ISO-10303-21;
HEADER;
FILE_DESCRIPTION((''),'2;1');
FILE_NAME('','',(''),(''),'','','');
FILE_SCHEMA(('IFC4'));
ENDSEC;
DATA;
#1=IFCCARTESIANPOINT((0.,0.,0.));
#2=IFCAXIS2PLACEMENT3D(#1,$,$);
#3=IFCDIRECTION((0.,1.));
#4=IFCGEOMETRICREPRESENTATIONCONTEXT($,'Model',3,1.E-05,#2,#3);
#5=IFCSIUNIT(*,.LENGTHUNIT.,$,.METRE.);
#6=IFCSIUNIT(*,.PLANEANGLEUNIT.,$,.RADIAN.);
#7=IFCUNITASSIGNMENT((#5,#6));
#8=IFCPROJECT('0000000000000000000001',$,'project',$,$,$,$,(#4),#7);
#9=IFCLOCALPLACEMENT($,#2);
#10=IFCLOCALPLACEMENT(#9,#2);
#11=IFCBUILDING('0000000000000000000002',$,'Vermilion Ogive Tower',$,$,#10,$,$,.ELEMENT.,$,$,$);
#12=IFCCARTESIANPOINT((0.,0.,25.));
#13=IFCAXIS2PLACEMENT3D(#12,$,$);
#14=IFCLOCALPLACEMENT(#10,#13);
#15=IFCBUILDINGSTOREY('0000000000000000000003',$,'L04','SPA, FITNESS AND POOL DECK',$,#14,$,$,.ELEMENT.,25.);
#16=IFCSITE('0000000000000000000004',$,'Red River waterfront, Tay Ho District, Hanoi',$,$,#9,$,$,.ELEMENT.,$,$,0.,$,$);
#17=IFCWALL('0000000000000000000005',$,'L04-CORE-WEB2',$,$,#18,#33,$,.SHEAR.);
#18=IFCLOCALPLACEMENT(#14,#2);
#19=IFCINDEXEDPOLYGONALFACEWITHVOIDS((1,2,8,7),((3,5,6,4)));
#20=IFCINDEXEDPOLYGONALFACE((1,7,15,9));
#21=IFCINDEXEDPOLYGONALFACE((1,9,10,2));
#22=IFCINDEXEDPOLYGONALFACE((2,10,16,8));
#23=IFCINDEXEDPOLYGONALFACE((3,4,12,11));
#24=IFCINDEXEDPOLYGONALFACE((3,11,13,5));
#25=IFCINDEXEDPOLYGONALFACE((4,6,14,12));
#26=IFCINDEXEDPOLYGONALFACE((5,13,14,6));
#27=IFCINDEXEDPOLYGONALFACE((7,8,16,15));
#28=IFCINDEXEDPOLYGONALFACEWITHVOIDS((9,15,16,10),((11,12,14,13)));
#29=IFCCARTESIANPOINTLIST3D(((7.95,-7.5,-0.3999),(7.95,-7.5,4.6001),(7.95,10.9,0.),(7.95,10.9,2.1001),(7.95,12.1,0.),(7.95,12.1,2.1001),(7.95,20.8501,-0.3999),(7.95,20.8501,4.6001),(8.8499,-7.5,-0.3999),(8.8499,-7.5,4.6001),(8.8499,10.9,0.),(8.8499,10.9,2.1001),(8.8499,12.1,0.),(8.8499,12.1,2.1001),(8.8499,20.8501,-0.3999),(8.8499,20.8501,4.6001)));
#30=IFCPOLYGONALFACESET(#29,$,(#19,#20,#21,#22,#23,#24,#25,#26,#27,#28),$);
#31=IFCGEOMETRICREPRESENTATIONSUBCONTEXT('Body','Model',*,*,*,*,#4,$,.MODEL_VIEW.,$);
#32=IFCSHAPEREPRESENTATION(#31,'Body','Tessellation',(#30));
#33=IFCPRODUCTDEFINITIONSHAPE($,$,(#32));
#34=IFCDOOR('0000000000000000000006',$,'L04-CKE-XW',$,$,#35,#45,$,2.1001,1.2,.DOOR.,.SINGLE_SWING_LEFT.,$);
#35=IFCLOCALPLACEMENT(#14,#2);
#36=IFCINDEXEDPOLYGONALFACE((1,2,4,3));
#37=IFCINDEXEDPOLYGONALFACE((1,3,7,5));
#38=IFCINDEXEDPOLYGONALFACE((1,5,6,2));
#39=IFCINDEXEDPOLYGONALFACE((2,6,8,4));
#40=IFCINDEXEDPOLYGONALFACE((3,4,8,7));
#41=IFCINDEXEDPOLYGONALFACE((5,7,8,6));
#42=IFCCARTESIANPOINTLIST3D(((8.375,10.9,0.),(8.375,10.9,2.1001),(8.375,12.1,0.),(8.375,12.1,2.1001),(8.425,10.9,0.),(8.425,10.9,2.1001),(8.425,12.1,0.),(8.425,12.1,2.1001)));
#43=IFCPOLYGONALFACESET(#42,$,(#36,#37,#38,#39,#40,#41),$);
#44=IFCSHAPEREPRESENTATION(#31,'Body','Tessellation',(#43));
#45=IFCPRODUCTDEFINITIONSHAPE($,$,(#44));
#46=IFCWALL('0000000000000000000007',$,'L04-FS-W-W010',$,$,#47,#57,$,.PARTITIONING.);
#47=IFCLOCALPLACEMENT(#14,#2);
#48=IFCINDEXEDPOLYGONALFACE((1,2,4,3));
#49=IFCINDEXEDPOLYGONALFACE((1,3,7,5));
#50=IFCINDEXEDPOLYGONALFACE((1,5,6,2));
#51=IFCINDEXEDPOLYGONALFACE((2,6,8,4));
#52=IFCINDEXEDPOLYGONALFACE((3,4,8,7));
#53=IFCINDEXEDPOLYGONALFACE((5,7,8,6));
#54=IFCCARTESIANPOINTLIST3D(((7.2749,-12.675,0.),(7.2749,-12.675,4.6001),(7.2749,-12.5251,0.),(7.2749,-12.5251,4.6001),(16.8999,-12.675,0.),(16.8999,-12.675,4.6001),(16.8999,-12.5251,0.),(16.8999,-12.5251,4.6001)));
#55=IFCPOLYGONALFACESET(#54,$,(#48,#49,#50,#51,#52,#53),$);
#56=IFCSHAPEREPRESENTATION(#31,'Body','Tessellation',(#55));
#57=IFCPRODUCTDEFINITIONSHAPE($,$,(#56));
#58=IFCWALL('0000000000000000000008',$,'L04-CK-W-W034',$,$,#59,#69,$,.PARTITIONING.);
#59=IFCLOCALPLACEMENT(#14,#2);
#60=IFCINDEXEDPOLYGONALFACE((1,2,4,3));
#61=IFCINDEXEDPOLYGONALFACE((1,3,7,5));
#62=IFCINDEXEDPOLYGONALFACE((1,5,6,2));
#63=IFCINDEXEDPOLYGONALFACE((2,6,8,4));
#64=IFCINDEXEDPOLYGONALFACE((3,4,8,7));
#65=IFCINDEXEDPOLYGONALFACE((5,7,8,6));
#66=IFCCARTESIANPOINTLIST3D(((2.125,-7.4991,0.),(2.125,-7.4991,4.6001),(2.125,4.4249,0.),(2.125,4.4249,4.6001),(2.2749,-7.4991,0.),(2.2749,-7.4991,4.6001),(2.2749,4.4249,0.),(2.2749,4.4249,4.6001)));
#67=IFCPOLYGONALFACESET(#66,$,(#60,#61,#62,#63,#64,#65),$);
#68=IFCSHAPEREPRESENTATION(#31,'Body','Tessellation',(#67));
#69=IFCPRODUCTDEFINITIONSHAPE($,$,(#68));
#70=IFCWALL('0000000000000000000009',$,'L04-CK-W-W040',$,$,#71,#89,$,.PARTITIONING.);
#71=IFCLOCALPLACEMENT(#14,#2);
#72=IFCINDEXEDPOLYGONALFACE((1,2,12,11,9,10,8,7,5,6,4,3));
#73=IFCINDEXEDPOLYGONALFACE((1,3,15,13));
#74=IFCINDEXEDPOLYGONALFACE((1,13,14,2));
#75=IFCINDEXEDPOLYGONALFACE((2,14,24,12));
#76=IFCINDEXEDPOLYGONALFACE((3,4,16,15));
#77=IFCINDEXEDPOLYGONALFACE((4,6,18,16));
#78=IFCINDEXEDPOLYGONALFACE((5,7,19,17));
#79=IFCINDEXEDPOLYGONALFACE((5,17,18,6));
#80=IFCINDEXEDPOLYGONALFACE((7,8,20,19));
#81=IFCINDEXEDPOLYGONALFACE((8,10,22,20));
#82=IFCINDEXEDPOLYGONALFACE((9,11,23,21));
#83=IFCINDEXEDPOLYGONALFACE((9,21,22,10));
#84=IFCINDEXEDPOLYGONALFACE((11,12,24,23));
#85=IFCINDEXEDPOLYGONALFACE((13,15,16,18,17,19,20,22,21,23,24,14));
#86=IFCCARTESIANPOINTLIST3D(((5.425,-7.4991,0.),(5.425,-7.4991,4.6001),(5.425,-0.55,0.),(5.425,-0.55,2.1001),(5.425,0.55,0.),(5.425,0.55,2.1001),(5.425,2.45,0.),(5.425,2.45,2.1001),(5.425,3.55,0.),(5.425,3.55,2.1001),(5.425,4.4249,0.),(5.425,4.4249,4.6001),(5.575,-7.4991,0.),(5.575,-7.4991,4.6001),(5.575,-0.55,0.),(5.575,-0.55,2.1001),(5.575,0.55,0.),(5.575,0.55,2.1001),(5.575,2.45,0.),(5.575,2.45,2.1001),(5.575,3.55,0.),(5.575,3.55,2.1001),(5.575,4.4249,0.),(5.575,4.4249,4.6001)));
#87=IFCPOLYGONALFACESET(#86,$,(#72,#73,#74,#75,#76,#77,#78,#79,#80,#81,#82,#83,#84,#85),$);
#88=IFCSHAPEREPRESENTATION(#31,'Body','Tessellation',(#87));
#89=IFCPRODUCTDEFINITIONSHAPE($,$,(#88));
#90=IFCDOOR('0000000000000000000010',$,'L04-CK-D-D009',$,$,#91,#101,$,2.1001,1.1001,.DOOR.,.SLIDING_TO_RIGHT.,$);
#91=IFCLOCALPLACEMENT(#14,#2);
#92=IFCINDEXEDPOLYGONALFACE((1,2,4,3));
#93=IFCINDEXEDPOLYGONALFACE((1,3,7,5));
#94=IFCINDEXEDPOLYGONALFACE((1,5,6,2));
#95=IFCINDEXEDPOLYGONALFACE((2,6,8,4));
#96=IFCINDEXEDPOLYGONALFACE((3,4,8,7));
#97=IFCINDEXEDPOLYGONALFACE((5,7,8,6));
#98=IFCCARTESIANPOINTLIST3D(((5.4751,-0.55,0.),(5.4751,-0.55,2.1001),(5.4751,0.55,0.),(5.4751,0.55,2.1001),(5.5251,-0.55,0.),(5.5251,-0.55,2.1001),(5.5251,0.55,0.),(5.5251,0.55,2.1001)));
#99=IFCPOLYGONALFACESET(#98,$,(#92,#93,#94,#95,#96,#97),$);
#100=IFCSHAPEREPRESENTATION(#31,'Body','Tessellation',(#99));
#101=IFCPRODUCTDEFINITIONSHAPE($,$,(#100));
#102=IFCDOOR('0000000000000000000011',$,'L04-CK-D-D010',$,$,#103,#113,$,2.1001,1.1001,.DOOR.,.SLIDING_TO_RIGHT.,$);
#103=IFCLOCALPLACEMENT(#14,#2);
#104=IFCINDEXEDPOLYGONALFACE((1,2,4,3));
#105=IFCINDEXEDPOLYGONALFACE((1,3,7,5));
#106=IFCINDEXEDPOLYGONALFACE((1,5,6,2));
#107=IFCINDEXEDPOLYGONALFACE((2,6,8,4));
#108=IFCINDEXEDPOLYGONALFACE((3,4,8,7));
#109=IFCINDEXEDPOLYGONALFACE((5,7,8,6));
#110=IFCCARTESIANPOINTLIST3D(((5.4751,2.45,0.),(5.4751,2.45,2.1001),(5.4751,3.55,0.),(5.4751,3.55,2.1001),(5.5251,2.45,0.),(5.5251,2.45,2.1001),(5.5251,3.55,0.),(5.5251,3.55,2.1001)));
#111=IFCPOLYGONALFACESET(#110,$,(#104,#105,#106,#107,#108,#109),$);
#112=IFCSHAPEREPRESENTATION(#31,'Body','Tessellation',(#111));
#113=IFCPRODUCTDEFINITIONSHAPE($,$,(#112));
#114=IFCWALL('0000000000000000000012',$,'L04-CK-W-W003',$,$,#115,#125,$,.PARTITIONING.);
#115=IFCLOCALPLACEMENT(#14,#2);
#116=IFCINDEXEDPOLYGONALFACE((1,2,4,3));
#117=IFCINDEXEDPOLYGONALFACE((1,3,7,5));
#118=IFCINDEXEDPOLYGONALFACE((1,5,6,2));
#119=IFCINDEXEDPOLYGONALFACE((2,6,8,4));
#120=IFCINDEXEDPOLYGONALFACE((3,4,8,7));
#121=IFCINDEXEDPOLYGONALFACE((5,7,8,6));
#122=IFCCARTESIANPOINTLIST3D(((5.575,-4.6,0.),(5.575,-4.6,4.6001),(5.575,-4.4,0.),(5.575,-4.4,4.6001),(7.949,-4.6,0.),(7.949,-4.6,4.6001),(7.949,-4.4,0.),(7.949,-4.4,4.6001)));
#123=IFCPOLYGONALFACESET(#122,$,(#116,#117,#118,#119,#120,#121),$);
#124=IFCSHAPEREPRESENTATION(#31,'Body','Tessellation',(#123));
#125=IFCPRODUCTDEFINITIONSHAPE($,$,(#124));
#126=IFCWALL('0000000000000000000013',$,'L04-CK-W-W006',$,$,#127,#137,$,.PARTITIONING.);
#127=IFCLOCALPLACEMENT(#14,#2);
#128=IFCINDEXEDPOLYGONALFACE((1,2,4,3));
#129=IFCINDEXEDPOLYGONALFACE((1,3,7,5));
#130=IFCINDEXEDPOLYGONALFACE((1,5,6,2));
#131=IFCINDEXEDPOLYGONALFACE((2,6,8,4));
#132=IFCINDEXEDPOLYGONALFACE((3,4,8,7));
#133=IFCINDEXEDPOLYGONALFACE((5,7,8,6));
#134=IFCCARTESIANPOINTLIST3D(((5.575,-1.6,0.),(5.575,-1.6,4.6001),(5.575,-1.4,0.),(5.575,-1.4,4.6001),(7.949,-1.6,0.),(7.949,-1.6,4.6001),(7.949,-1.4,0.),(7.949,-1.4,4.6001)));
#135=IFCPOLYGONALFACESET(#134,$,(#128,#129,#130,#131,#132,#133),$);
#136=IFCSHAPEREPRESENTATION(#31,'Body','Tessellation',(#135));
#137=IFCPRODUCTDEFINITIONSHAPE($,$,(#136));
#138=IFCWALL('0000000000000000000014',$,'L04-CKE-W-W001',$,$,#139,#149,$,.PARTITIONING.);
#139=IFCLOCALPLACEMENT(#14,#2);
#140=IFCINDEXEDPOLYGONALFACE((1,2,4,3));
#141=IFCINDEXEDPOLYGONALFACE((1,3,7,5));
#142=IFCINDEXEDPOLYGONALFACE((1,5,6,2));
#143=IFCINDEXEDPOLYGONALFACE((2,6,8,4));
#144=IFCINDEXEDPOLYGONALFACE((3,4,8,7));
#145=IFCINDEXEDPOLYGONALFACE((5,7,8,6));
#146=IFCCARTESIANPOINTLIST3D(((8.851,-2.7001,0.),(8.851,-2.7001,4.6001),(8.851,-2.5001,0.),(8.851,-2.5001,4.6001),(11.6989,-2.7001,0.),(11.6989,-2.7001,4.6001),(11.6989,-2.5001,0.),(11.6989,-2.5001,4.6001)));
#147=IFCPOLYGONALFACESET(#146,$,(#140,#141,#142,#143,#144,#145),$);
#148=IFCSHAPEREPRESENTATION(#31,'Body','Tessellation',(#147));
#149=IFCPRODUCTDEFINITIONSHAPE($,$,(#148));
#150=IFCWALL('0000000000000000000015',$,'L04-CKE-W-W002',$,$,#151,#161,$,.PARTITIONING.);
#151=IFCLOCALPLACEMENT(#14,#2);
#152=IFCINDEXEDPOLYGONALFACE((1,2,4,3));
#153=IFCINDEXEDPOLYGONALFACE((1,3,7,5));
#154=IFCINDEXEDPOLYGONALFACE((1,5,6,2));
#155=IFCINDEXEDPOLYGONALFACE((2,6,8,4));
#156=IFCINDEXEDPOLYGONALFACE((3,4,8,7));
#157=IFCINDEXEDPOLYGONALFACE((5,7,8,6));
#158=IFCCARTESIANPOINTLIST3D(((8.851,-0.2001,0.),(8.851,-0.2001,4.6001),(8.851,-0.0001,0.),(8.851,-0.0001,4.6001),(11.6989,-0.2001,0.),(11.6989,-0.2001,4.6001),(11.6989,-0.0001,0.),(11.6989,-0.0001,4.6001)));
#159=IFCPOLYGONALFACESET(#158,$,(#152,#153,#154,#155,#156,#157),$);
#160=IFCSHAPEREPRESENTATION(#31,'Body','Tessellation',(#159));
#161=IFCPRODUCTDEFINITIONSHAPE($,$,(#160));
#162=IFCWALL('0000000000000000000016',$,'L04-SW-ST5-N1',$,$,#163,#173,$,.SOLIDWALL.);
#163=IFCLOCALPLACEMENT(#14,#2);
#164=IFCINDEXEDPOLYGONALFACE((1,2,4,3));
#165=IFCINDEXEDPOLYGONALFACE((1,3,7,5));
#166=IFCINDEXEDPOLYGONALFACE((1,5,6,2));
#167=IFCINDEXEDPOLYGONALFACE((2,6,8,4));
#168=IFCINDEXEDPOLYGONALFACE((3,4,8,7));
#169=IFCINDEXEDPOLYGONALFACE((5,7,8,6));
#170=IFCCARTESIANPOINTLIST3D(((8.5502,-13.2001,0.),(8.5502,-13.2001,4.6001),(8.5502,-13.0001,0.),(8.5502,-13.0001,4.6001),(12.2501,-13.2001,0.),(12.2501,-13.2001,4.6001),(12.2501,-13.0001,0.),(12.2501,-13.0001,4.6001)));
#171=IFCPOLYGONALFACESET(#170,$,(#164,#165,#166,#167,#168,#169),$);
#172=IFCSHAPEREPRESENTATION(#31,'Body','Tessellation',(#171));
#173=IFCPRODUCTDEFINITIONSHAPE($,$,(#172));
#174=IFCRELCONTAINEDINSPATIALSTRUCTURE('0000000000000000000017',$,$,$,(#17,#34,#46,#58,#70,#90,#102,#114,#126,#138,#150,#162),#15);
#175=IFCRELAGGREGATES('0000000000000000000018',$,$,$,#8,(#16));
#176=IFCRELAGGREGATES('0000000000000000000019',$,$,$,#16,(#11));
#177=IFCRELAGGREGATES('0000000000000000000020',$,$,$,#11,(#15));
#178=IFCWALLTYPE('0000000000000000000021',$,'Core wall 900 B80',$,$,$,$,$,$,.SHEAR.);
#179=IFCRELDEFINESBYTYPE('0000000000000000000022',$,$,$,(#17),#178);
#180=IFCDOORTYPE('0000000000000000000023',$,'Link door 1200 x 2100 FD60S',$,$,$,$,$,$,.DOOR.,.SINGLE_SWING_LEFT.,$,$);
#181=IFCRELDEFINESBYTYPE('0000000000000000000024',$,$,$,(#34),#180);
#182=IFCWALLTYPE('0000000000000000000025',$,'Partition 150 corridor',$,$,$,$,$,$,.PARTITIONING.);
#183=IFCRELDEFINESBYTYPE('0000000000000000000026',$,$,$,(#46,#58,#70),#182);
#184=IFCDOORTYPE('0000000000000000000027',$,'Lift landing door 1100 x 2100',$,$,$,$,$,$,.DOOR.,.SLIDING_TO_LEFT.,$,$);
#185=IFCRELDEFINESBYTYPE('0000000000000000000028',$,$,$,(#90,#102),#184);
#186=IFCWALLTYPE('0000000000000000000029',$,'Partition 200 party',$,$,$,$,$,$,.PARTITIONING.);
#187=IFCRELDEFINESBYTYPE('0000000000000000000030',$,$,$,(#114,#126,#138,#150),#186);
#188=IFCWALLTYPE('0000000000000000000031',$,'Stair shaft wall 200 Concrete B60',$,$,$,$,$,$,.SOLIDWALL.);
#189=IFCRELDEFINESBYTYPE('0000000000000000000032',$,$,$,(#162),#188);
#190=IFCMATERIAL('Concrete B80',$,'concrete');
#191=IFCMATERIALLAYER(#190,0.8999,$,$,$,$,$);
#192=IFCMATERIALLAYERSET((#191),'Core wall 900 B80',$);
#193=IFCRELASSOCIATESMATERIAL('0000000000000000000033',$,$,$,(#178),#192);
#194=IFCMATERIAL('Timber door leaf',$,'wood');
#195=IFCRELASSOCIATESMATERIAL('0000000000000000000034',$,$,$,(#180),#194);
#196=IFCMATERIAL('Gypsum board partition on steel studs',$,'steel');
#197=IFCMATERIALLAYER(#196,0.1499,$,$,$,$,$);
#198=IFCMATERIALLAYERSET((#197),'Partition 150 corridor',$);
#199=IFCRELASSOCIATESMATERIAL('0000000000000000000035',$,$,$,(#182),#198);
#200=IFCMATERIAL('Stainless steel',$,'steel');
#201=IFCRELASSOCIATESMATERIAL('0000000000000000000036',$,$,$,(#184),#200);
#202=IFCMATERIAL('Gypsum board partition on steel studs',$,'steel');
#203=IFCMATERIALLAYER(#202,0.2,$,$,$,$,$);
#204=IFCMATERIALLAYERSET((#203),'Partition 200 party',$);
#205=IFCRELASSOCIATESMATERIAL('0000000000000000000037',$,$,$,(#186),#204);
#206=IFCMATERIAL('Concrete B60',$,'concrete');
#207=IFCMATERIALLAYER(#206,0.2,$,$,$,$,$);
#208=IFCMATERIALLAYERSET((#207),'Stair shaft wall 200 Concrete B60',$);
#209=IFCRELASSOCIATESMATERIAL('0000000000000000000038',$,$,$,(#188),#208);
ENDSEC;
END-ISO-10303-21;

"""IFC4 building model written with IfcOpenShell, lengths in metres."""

from ifc_helpers import new_model, si_unit, direction, frame, frame_2d, origin, place, context, subcontext, project, spatial, rectangle, extrude, material, layer, layer_set, type_object, element, fill, save


model = new_model("IFC4")

# Units and contexts
model_context = context("Model", 3, precision=1e-05, world=origin(), true_north=direction((0.0, 1.0)))
body_context = subcontext(model_context, "Body", "Model", "MODEL_VIEW")
ifc_project = project(units=[si_unit("LENGTHUNIT", "METRE"), si_unit("PLANEANGLEUNIT", "RADIAN")], contexts=[model_context])

# Site, building, storey
site_placement = place(None, origin())
site = spatial("IfcSite", under=ifc_project, at=site_placement, Name="Red River waterfront, Tay Ho District, Hanoi", CompositionType="ELEMENT", RefElevation=0.0)
building_placement = place(site_placement, origin())
building = spatial("IfcBuilding", under=site, at=building_placement, Name="Vermilion Ogive Tower", CompositionType="ELEMENT")
storey_placement = place(building_placement, frame((0.0, 0.0, 25.0)))
storey = spatial("IfcBuildingStorey", under=building, at=storey_placement, Name="L04", Description="SPA, FITNESS AND POOL DECK", CompositionType="ELEMENT", Elevation=25.0)

# Shared definitions
ifc_material_1 = material(Name="Concrete B80", Category="concrete")
ifc_layer_1 = layer(ifc_material_1, 0.8999)
ifc_layer_set_1 = layer_set([ifc_layer_1], Name="Core wall 900 B80")
wall_type_1 = type_object("IfcWallType", Name="Core wall 900 B80", PredefinedType="SHEAR", material=ifc_layer_set_1)
ifc_material_2 = material(Name="Timber door leaf", Category="wood")
door_type_1 = type_object("IfcDoorType", Name="Link door 1200 x 2100 FD60S", OperationType="SINGLE_SWING_LEFT", PredefinedType="DOOR", material=ifc_material_2)

# Wall, opening, door
wall_1_placement = place(storey_placement, frame((8.3999, -7.5, -0.3999), z_axis=(0.0, 0.0, 1.0), x_axis=(0.0, 1.0, 0.0)))
wall_1 = element("IfcWall", 1, at=wall_1_placement, inside=storey, type_object=wall_type_1, Name="L04-CORE-WEB2", PredefinedType="SHEAR", context=body_context, shape_type="SweptSolid", body=[
    extrude(rectangle(XDim=28.3501, YDim=0.8999, at=frame_2d((14.175, 0.0))), origin(), (0.0, 0.0, 1.0), 5.0),
])
opening_1_placement = place(wall_1_placement, frame((18.3999, 0.0, 0.3999)))
opening_1 = element("IfcOpeningElement", 2, at=opening_1_placement, cuts=wall_1, PredefinedType="OPENING", context=body_context, shape_type="SweptSolid", body=[
    extrude(rectangle(XDim=1.2, YDim=2.1001, at=frame_2d((0.6001, 1.05))), frame((0.0, 0.46, 0.0), z_axis=(0.0, -1.0, 0.0), x_axis=(1.0, 0.0, 0.0)), (0.0, 0.0, 1.0), 0.9199),
])
door_1_placement = place(opening_1_placement, origin())
door_1 = element("IfcDoor", 3, at=door_1_placement, inside=storey, type_object=door_type_1, Name="L04-CKE-XW", OperationType="SINGLE_SWING_LEFT", OverallHeight=2.1001, OverallWidth=1.2, PredefinedType="DOOR", context=body_context, shape_type="SweptSolid", body=[
    extrude(rectangle(XDim=1.2, YDim=2.1001, at=frame_2d((0.6001, 1.05))), frame((0.0, 0.0249, 0.0), z_axis=(0.0, -1.0, 0.0), x_axis=(1.0, 0.0, 0.0)), (0.0, 0.0, 1.0), 0.05),
])
fill(opening_1, door_1)

# Walls
ifc_material_3 = material(Name="Gypsum board partition on steel studs", Category="steel")
ifc_layer_2 = layer(ifc_material_3, 0.1499)
ifc_layer_set_2 = layer_set([ifc_layer_2], Name="Partition 150 corridor")
wall_type_2 = type_object("IfcWallType", Name="Partition 150 corridor", PredefinedType="PARTITIONING", material=ifc_layer_set_2)
wall_2_placement = place(storey_placement, frame((7.2749, -12.6001, 0.0), z_axis=(0.0, 0.0, 1.0), x_axis=(1.0, 0.0, 0.0)))
element("IfcWall", 4, at=wall_2_placement, inside=storey, type_object=wall_type_2, Name="L04-FS-W-W010", PredefinedType="PARTITIONING", context=body_context, shape_type="SweptSolid", body=[
    extrude(rectangle(XDim=9.625, YDim=0.1499, at=frame_2d((4.8125, 0.0))), origin(), (0.0, 0.0, 1.0), 4.6001),
])
wall_3_placement = place(storey_placement, frame((2.2, -7.499, 0.0), z_axis=(0.0, 0.0, 1.0), x_axis=(0.0, 1.0, 0.0)))
element("IfcWall", 5, at=wall_3_placement, inside=storey, type_object=wall_type_2, Name="L04-CK-W-W034", PredefinedType="PARTITIONING", context=body_context, shape_type="SweptSolid", body=[
    extrude(rectangle(XDim=11.9241, YDim=0.1499, at=frame_2d((5.9619, 0.0))), origin(), (0.0, 0.0, 1.0), 4.6001),
])

# Wall, openings, doors
wall_4_placement = place(storey_placement, frame((5.5, -7.499, 0.0), z_axis=(0.0, 0.0, 1.0), x_axis=(0.0, 1.0, 0.0)))
wall_4 = element("IfcWall", 6, at=wall_4_placement, inside=storey, type_object=wall_type_2, Name="L04-CK-W-W040", PredefinedType="PARTITIONING", context=body_context, shape_type="SweptSolid", body=[
    extrude(rectangle(XDim=11.9241, YDim=0.1499, at=frame_2d((5.9619, 0.0))), origin(), (0.0, 0.0, 1.0), 4.6001),
])
opening_2_placement = place(wall_4_placement, frame((6.949, 0.0, 0.0)))
opening_2 = element("IfcOpeningElement", 7, at=opening_2_placement, cuts=wall_4, PredefinedType="OPENING", context=body_context, shape_type="SweptSolid", body=[
    extrude(rectangle(XDim=1.1001, YDim=2.1001, at=frame_2d((0.55, 1.05))), frame((0.0, 0.085, 0.0), z_axis=(0.0, -1.0, 0.0), x_axis=(1.0, 0.0, 0.0)), (0.0, 0.0, 1.0), 0.1699),
])
opening_3_placement = place(wall_4_placement, frame((9.949, 0.0, 0.0)))
opening_3 = element("IfcOpeningElement", 8, at=opening_3_placement, cuts=wall_4, PredefinedType="OPENING", context=body_context, shape_type="SweptSolid", body=[
    extrude(rectangle(XDim=1.1001, YDim=2.1001, at=frame_2d((0.55, 1.05))), frame((0.0, 0.085, 0.0), z_axis=(0.0, -1.0, 0.0), x_axis=(1.0, 0.0, 0.0)), (0.0, 0.0, 1.0), 0.1699),
])
ifc_material_4 = material(Name="Stainless steel", Category="steel")
door_type_2 = type_object("IfcDoorType", Name="Lift landing door 1100 x 2100", OperationType="SLIDING_TO_LEFT", PredefinedType="DOOR", material=ifc_material_4)
door_2_placement = place(opening_2_placement, origin())
door_2 = element("IfcDoor", 9, at=door_2_placement, inside=storey, type_object=door_type_2, Name="L04-CK-D-D009", OperationType="SLIDING_TO_RIGHT", OverallHeight=2.1001, OverallWidth=1.1001, PredefinedType="DOOR", context=body_context, shape_type="SweptSolid", body=[
    extrude(rectangle(XDim=1.1001, YDim=2.1001, at=frame_2d((0.55, 1.05))), frame((0.0, 0.0249, 0.0), z_axis=(0.0, -1.0, 0.0), x_axis=(1.0, 0.0, 0.0)), (0.0, 0.0, 1.0), 0.05),
])
fill(opening_2, door_2)
door_3_placement = place(opening_3_placement, origin())
door_3 = element("IfcDoor", 10, at=door_3_placement, inside=storey, type_object=door_type_2, Name="L04-CK-D-D010", OperationType="SLIDING_TO_RIGHT", OverallHeight=2.1001, OverallWidth=1.1001, PredefinedType="DOOR", context=body_context, shape_type="SweptSolid", body=[
    extrude(rectangle(XDim=1.1001, YDim=2.1001, at=frame_2d((0.55, 1.05))), frame((0.0, 0.0249, 0.0), z_axis=(0.0, -1.0, 0.0), x_axis=(1.0, 0.0, 0.0)), (0.0, 0.0, 1.0), 0.05),
])
fill(opening_3, door_3)

# Walls
ifc_material_5 = material(Name="Gypsum board partition on steel studs", Category="steel")
ifc_layer_3 = layer(ifc_material_5, 0.2)
ifc_layer_set_3 = layer_set([ifc_layer_3], Name="Partition 200 party")
wall_type_3 = type_object("IfcWallType", Name="Partition 200 party", PredefinedType="PARTITIONING", material=ifc_layer_set_3)
for number, where, z_axis, x_axis, name in (
    (11, (5.575, -4.5, 0.0), (0.0, 0.0, 1.0), (1.0, 0.0, 0.0), "L04-CK-W-W003"),
    (12, (5.575, -1.5, 0.0), (0.0, 0.0, 1.0), (1.0, 0.0, 0.0), "L04-CK-W-W006"),
):
    element("IfcWall", number, at=place(storey_placement, frame(where, z_axis=z_axis, x_axis=x_axis)), inside=storey, type_object=wall_type_3, Name=name, PredefinedType="PARTITIONING", context=body_context, shape_type="SweptSolid", body=[
        extrude(rectangle(XDim=2.374, YDim=0.2, at=frame_2d((1.187, 0.0))), origin(), (0.0, 0.0, 1.0), 4.6001),
    ])
for number, where, z_axis, x_axis, name in (
    (13, (8.8511, -2.6001, 0.0), (0.0, 0.0, 1.0), (1.0, 0.0, 0.0), "L04-CKE-W-W001"),
    (14, (8.8511, -0.1001, 0.0), (0.0, 0.0, 1.0), (1.0, 0.0, 0.0), "L04-CKE-W-W002"),
):
    element("IfcWall", number, at=place(storey_placement, frame(where, z_axis=z_axis, x_axis=x_axis)), inside=storey, type_object=wall_type_3, Name=name, PredefinedType="PARTITIONING", context=body_context, shape_type="SweptSolid", body=[
        extrude(rectangle(XDim=2.8479, YDim=0.2, at=frame_2d((1.4238, 0.0))), origin(), (0.0, 0.0, 1.0), 4.6001),
    ])
ifc_material_6 = material(Name="Concrete B60", Category="concrete")
ifc_layer_4 = layer(ifc_material_6, 0.2)
ifc_layer_set_4 = layer_set([ifc_layer_4], Name="Stair shaft wall 200 Concrete B60")
wall_type_4 = type_object("IfcWallType", Name="Stair shaft wall 200 Concrete B60", PredefinedType="SOLIDWALL", material=ifc_layer_set_4)
wall_5_placement = place(storey_placement, frame((8.55, -13.1001, 0.0), z_axis=(0.0, 0.0, 1.0), x_axis=(1.0, 0.0, 0.0)))
element("IfcWall", 15, at=wall_5_placement, inside=storey, type_object=wall_type_4, Name="L04-SW-ST5-N1", PredefinedType="SOLIDWALL", context=body_context, shape_type="SweptSolid", body=[
    extrude(rectangle(XDim=3.7, YDim=0.2, at=frame_2d((1.8501, 0.0))), origin(), (0.0, 0.0, 1.0), 4.6001),
])

save(model, "model.ifc")
